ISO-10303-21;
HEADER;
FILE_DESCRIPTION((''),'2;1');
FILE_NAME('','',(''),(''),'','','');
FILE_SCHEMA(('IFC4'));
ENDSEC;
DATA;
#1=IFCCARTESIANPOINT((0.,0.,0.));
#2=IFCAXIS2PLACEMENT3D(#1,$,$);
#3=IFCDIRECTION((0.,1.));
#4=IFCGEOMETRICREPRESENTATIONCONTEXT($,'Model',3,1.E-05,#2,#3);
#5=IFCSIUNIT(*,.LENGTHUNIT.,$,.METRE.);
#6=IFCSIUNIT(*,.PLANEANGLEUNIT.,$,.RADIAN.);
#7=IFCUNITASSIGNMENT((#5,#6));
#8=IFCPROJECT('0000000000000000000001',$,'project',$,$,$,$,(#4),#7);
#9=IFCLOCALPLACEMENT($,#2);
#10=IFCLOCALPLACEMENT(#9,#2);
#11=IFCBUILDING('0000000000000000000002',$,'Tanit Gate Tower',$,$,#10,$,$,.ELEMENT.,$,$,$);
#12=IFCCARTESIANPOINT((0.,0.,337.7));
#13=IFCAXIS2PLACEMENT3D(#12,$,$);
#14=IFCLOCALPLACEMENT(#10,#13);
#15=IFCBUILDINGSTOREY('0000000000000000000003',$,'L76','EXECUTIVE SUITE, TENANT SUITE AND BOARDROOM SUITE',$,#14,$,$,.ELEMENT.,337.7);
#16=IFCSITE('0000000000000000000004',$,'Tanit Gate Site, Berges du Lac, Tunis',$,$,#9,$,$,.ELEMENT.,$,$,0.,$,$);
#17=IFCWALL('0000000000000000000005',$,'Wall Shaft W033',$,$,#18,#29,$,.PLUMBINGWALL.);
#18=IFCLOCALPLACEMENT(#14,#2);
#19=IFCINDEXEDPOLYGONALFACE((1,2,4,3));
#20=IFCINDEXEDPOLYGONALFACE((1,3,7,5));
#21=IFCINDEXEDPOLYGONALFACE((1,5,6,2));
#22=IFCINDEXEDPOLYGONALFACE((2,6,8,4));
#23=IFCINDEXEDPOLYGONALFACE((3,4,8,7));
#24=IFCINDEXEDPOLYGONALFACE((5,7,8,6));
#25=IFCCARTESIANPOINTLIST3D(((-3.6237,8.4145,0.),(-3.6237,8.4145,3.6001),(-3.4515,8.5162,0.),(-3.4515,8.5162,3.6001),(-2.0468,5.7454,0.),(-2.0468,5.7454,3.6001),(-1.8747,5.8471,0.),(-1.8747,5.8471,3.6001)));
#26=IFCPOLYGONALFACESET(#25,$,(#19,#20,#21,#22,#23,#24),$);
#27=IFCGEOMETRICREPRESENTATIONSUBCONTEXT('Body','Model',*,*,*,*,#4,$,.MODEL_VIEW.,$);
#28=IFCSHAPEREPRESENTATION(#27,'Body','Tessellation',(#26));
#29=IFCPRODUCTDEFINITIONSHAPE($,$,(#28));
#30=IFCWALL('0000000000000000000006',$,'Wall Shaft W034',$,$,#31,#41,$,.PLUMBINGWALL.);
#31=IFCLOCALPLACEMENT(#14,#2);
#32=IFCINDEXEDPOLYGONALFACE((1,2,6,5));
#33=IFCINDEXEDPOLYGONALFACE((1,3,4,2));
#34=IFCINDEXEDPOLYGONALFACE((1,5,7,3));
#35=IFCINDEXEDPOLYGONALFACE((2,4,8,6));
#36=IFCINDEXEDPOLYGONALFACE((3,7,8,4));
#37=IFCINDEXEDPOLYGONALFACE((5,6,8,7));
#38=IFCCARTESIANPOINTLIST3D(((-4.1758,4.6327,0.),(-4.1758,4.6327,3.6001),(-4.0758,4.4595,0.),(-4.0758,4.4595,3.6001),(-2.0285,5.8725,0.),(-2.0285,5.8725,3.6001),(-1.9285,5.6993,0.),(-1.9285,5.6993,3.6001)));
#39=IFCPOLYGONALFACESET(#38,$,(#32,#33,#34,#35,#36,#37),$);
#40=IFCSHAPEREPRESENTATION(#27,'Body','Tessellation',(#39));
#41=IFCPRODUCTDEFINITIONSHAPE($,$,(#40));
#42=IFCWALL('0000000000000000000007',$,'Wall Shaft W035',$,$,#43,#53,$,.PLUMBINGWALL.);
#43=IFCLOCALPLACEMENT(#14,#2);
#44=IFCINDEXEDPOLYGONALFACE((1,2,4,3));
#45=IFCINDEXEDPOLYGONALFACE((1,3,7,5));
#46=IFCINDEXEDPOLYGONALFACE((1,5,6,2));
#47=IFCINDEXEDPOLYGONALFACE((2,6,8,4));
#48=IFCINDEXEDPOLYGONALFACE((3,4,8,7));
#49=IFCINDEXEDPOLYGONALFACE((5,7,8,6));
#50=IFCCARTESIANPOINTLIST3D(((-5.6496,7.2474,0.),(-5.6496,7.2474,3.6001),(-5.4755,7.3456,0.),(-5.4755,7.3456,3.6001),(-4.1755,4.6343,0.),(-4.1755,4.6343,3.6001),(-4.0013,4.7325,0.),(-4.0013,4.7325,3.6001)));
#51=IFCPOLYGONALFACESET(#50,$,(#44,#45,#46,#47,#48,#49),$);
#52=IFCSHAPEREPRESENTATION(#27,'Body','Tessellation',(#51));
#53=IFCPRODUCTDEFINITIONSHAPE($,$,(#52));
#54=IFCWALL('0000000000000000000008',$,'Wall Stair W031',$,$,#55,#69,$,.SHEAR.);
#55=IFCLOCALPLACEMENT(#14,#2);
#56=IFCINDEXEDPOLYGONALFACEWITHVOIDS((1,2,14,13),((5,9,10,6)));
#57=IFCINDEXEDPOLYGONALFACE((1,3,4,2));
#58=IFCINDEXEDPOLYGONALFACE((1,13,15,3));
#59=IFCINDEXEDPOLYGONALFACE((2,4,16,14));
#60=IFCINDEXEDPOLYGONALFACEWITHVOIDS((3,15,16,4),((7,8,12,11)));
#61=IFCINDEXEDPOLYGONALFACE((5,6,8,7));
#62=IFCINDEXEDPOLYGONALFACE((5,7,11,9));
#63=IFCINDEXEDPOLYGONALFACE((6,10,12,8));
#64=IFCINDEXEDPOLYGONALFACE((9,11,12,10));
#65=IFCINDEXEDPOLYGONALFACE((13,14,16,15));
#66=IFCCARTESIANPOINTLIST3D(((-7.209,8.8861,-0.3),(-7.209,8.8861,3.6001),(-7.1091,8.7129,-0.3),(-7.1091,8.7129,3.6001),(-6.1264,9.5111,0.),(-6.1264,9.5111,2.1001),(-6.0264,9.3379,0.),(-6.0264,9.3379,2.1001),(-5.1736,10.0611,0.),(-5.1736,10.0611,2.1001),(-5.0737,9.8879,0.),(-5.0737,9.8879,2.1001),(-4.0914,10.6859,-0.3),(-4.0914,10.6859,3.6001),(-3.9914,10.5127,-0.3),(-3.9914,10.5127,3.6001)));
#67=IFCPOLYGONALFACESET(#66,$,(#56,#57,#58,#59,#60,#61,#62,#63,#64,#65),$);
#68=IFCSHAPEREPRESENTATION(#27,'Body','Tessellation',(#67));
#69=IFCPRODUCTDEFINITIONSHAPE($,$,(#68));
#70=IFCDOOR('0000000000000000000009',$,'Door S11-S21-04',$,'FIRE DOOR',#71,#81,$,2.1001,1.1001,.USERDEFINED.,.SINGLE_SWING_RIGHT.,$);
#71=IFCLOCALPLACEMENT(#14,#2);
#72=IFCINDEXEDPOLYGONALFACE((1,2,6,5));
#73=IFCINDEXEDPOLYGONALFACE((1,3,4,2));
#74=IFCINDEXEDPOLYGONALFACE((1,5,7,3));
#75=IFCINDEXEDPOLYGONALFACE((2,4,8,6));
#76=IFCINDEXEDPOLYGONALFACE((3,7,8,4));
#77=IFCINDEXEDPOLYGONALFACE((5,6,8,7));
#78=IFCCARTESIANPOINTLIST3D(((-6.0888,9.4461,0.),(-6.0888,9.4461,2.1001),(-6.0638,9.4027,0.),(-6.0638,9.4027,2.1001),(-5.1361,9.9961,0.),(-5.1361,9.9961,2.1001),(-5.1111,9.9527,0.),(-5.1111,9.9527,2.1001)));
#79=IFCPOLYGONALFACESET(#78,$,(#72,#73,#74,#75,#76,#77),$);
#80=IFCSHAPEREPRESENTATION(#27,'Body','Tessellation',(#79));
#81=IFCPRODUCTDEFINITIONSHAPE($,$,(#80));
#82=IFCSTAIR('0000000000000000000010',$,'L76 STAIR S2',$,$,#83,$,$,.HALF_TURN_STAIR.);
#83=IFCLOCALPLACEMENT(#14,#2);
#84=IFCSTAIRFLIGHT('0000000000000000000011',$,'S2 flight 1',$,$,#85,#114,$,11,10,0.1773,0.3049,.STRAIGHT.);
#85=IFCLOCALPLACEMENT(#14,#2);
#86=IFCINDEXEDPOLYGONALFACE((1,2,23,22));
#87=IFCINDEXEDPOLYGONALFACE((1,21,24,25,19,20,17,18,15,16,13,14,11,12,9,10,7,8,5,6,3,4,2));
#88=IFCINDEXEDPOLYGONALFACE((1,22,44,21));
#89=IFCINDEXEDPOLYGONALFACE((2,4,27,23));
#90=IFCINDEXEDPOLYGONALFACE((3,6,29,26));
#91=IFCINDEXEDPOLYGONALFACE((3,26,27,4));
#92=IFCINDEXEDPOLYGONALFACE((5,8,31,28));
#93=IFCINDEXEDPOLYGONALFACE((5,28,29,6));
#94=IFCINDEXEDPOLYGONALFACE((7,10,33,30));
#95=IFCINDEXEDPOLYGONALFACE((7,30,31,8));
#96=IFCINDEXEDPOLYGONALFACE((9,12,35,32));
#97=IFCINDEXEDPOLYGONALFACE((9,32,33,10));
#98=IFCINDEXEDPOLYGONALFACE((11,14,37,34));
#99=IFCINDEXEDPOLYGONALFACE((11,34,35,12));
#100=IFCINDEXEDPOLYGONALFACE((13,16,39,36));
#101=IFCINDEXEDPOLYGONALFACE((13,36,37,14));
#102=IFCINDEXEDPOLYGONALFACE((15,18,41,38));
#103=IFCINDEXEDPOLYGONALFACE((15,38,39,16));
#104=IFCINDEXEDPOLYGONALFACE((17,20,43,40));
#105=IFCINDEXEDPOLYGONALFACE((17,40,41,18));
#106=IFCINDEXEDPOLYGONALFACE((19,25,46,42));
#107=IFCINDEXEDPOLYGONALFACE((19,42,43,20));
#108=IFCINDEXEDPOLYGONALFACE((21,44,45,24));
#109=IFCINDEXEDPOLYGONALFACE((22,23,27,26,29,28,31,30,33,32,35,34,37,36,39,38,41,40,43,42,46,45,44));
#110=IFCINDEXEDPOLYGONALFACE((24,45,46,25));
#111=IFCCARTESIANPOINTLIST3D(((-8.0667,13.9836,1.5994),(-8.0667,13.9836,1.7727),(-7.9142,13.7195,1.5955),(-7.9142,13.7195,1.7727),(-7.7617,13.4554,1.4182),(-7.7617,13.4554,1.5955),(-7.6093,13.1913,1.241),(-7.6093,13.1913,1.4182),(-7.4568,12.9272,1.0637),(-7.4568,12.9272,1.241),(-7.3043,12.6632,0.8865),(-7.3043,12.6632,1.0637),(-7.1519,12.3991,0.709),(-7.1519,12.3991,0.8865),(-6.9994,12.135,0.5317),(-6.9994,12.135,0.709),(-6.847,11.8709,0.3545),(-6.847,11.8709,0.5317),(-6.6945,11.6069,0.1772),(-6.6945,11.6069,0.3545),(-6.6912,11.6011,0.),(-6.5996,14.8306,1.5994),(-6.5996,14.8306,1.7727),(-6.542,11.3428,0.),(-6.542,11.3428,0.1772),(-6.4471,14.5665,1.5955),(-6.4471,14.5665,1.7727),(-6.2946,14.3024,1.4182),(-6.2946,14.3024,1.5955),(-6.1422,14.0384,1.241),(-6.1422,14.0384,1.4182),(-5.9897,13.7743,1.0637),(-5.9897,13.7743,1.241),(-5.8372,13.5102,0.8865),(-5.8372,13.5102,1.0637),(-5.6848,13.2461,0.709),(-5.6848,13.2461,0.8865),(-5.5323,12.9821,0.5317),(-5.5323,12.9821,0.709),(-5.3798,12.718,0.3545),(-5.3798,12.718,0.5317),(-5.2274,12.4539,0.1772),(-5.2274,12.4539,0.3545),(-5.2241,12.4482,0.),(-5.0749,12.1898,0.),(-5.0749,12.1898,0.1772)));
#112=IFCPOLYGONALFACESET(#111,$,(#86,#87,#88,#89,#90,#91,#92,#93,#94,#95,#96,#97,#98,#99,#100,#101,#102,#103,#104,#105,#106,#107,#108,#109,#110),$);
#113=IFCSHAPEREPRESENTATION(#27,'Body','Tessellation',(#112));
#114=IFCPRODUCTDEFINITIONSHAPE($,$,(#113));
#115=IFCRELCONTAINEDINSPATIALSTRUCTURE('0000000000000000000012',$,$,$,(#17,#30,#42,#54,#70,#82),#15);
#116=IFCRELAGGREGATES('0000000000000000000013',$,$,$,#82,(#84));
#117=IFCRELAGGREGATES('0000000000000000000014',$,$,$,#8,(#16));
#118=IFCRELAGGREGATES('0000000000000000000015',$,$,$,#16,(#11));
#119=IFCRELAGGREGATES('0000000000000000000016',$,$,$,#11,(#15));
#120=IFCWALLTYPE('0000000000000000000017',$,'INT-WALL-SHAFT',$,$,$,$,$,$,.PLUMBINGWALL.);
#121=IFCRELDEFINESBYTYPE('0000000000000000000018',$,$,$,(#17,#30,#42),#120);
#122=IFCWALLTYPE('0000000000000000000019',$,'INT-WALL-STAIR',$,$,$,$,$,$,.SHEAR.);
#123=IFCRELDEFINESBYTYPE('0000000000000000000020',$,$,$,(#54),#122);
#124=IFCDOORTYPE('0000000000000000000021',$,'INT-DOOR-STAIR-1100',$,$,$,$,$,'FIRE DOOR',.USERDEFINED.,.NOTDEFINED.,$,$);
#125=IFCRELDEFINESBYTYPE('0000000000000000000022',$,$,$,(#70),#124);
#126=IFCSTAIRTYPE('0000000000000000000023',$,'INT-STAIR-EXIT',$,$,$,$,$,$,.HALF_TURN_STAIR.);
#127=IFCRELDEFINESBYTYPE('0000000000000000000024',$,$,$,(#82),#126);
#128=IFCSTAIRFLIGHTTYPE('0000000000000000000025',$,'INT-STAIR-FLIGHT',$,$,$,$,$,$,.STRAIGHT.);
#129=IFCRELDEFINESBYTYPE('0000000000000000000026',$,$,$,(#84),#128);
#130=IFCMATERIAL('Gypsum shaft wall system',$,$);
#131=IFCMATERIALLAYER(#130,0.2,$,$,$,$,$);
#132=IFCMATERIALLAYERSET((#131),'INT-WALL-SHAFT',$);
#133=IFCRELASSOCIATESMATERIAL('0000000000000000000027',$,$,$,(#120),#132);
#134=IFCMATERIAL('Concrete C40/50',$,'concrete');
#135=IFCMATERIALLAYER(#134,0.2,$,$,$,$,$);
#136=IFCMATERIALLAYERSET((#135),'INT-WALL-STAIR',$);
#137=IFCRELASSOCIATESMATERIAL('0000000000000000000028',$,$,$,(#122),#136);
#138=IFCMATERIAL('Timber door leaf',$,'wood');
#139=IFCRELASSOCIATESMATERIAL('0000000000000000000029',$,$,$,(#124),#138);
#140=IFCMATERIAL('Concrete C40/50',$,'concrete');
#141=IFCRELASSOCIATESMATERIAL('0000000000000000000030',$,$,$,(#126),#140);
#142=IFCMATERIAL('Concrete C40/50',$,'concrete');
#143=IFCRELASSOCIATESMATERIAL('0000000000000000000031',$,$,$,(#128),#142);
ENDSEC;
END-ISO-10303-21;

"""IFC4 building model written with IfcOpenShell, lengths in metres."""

from ifc_helpers import new_model, si_unit, direction, frame, frame_2d, origin, place, context, subcontext, project, spatial, polyline, rectangle, outline, extrude, material, layer, layer_set, type_object, element, fill, aggregate, save


model = new_model("IFC4")

# Units and contexts
model_context = context("Model", 3, precision=1e-05, world=origin(), true_north=direction((0.0, 1.0)))
body_context = subcontext(model_context, "Body", "Model", "MODEL_VIEW")
ifc_project = project(units=[si_unit("LENGTHUNIT", "METRE"), si_unit("PLANEANGLEUNIT", "RADIAN")], contexts=[model_context])

# Site, building, storey
site_placement = place(None, origin())
site = spatial("IfcSite", under=ifc_project, at=site_placement, Name="Tanit Gate Site, Berges du Lac, Tunis", CompositionType="ELEMENT", RefElevation=0.0)
building_placement = place(site_placement, origin())
building = spatial("IfcBuilding", under=site, at=building_placement, Name="Tanit Gate Tower", CompositionType="ELEMENT")
storey_placement = place(building_placement, frame((0.0, 0.0, 337.7)))
storey = spatial("IfcBuildingStorey", under=building, at=storey_placement, Name="L76", Description="EXECUTIVE SUITE, TENANT SUITE AND BOARDROOM SUITE", CompositionType="ELEMENT", Elevation=337.7)

# Shared definitions
ifc_material_1 = material(Name="Gypsum shaft wall system")
ifc_layer_1 = layer(ifc_material_1, 0.2)
ifc_layer_set_1 = layer_set([ifc_layer_1], Name="INT-WALL-SHAFT")
wall_type_1 = type_object("IfcWallType", Name="INT-WALL-SHAFT", PredefinedType="PLUMBINGWALL", material=ifc_layer_set_1)

# Walls
wall_1_placement = place(storey_placement, frame((-3.5376, 8.4653, 0.0), z_axis=(0.0, 0.0, 1.0), x_axis=(0.508647, -0.860975, 0.0)))
element("IfcWall", 1, at=wall_1_placement, inside=storey, type_object=wall_type_1, Name="Wall Shaft W033", PredefinedType="PLUMBINGWALL", context=body_context, shape_type="SweptSolid", body=[
    extrude(rectangle(XDim=3.1001, YDim=0.2, at=frame_2d((1.55, 0.0))), origin(), (0.0, 0.0, 1.0), 3.6001),
])
wall_2_placement = place(storey_placement, frame((-1.9785, 5.7859, 0.0), z_axis=(0.0, 0.0, 1.0), x_axis=(-0.866017, -0.500015, 0.0)))
element("IfcWall", 2, at=wall_2_placement, inside=storey, type_object=wall_type_1, Name="Wall Shaft W034", PredefinedType="PLUMBINGWALL", context=body_context, shape_type="SweptSolid", body=[
    extrude(rectangle(XDim=2.4795, YDim=0.2, at=frame_2d((1.2397, 0.0))), origin(), (0.0, 0.0, 1.0), 3.6001),
])
wall_3_placement = place(storey_placement, frame((-5.5625, 7.2964, 0.0), z_axis=(0.0, 0.0, 1.0), x_axis=(0.491347, -0.870964, 0.0)))
element("IfcWall", 3, at=wall_3_placement, inside=storey, type_object=wall_type_1, Name="Wall Shaft W035", PredefinedType="PLUMBINGWALL", context=body_context, shape_type="SweptSolid", body=[
    extrude(rectangle(XDim=3.0002, YDim=0.2, at=frame_2d((1.5, 0.0))), origin(), (0.0, 0.0, 1.0), 3.6001),
])

# Wall, opening, door
ifc_material_2 = material(Name="Concrete C40/50", Category="concrete")
ifc_layer_2 = layer(ifc_material_2, 0.2)
ifc_layer_set_2 = layer_set([ifc_layer_2], Name="INT-WALL-STAIR")
wall_type_2 = type_object("IfcWallType", Name="INT-WALL-STAIR", PredefinedType="SHEAR", material=ifc_layer_set_2)
wall_4_placement = place(storey_placement, frame((-7.1589, 8.7996, -0.3), z_axis=(0.0, 0.0, 1.0), x_axis=(0.866048, 0.499961, 0.0)))
wall_4 = element("IfcWall", 4, at=wall_4_placement, inside=storey, type_object=wall_type_2, Name="Wall Stair W031", PredefinedType="SHEAR", context=body_context, shape_type="SweptSolid", body=[
    extrude(rectangle(XDim=3.5999, YDim=0.2, at=frame_2d((1.7998, 0.0))), origin(), (0.0, 0.0, 1.0), 3.9001),
])
opening_1_placement = place(wall_4_placement, frame((1.25, 0.0, 0.3)))
opening_1 = element("IfcOpeningElement", 5, at=opening_1_placement, cuts=wall_4, PredefinedType="OPENING", context=body_context, shape_type="SweptSolid", body=[
    extrude(rectangle(XDim=1.1001, YDim=2.1001, at=frame_2d((0.55, 1.05))), frame((0.0, 0.1099, 0.0), z_axis=(0.0, -1.0, 0.0), x_axis=(1.0, 0.0, 0.0)), (0.0, 0.0, 1.0), 0.22),
])
ifc_material_3 = material(Name="Timber door leaf", Category="wood")
door_type_1 = type_object("IfcDoorType", Name="INT-DOOR-STAIR-1100", ElementType="FIRE DOOR", OperationType="NOTDEFINED", PredefinedType="USERDEFINED", material=ifc_material_3)
door_1_placement = place(opening_1_placement, origin())
door_1 = element("IfcDoor", 6, at=door_1_placement, inside=storey, type_object=door_type_1, Name="Door S11-S21-04", ObjectType="FIRE DOOR", OperationType="SINGLE_SWING_RIGHT", OverallHeight=2.1001, OverallWidth=1.1001, PredefinedType="USERDEFINED", context=body_context, shape_type="SweptSolid", body=[
    extrude(rectangle(XDim=1.1001, YDim=2.1001, at=frame_2d((0.55, 1.05))), frame((0.0, 0.0249, 0.0), z_axis=(0.0, -1.0, 0.0), x_axis=(1.0, 0.0, 0.0)), (0.0, 0.0, 1.0), 0.05),
])
fill(opening_1, door_1)

# Stair, stair flight
ifc_material_4 = material(Name="Concrete C40/50", Category="concrete")
stair_type = type_object("IfcStairType", Name="INT-STAIR-EXIT", PredefinedType="HALF_TURN_STAIR", material=ifc_material_4)
stair_placement = place(storey_placement, origin())
stair = element("IfcStair", 7, at=stair_placement, inside=storey, type_object=stair_type, Name="L76 STAIR S2", PredefinedType="HALF_TURN_STAIR")
ifc_material_5 = material(Name="Concrete C40/50", Category="concrete")
stair_flight_type = type_object("IfcStairFlightType", Name="INT-STAIR-FLIGHT", PredefinedType="STRAIGHT", material=ifc_material_5)
stair_flight_placement = place(storey_placement, frame((-5.8083, 11.7664, 0.0), z_axis=(0.0, 0.0, 1.0), x_axis=(-0.5, 0.866025, 0.0)))
stair_flight = element("IfcStairFlight", 8, at=stair_flight_placement, type_object=stair_flight_type, Name="S2 flight 1", NumberOfRisers=11, NumberOfTreads=10, PredefinedType="STRAIGHT", RiserHeight=0.1773, TreadLength=0.3049, context=body_context, shape_type="SweptSolid", body=[
    extrude(outline(polyline([(0.0, 0.0), (0.0, 0.1772), (0.3049, 0.1772), (0.3049, 0.3545), (0.6099, 0.3545), (0.6099, 0.5317), (0.9148, 0.5317), (0.9148, 0.709), (1.2197, 0.709), (1.2197, 0.8865), (1.5247, 0.8865), (1.5247, 1.0637), (1.8296, 1.0637), (1.8296, 1.241), (2.1345, 1.241), (2.1345, 1.4182), (2.4395, 1.4182), (2.4395, 1.5955), (2.7444, 1.5955), (2.7444, 1.7727), (3.0493, 1.7727), (3.0493, 1.95), (3.0493, 1.5994), (0.2983, 0.0), (0.0, 0.0)])), frame((0.0, 0.8472, 0.0), z_axis=(0.0, -1.0, 0.0), x_axis=(1.0, 0.0, 0.0)), (0.0, 0.0, 1.0), 1.6941),
])
aggregate(stair, [stair_flight])

save(model, "model.ifc")
